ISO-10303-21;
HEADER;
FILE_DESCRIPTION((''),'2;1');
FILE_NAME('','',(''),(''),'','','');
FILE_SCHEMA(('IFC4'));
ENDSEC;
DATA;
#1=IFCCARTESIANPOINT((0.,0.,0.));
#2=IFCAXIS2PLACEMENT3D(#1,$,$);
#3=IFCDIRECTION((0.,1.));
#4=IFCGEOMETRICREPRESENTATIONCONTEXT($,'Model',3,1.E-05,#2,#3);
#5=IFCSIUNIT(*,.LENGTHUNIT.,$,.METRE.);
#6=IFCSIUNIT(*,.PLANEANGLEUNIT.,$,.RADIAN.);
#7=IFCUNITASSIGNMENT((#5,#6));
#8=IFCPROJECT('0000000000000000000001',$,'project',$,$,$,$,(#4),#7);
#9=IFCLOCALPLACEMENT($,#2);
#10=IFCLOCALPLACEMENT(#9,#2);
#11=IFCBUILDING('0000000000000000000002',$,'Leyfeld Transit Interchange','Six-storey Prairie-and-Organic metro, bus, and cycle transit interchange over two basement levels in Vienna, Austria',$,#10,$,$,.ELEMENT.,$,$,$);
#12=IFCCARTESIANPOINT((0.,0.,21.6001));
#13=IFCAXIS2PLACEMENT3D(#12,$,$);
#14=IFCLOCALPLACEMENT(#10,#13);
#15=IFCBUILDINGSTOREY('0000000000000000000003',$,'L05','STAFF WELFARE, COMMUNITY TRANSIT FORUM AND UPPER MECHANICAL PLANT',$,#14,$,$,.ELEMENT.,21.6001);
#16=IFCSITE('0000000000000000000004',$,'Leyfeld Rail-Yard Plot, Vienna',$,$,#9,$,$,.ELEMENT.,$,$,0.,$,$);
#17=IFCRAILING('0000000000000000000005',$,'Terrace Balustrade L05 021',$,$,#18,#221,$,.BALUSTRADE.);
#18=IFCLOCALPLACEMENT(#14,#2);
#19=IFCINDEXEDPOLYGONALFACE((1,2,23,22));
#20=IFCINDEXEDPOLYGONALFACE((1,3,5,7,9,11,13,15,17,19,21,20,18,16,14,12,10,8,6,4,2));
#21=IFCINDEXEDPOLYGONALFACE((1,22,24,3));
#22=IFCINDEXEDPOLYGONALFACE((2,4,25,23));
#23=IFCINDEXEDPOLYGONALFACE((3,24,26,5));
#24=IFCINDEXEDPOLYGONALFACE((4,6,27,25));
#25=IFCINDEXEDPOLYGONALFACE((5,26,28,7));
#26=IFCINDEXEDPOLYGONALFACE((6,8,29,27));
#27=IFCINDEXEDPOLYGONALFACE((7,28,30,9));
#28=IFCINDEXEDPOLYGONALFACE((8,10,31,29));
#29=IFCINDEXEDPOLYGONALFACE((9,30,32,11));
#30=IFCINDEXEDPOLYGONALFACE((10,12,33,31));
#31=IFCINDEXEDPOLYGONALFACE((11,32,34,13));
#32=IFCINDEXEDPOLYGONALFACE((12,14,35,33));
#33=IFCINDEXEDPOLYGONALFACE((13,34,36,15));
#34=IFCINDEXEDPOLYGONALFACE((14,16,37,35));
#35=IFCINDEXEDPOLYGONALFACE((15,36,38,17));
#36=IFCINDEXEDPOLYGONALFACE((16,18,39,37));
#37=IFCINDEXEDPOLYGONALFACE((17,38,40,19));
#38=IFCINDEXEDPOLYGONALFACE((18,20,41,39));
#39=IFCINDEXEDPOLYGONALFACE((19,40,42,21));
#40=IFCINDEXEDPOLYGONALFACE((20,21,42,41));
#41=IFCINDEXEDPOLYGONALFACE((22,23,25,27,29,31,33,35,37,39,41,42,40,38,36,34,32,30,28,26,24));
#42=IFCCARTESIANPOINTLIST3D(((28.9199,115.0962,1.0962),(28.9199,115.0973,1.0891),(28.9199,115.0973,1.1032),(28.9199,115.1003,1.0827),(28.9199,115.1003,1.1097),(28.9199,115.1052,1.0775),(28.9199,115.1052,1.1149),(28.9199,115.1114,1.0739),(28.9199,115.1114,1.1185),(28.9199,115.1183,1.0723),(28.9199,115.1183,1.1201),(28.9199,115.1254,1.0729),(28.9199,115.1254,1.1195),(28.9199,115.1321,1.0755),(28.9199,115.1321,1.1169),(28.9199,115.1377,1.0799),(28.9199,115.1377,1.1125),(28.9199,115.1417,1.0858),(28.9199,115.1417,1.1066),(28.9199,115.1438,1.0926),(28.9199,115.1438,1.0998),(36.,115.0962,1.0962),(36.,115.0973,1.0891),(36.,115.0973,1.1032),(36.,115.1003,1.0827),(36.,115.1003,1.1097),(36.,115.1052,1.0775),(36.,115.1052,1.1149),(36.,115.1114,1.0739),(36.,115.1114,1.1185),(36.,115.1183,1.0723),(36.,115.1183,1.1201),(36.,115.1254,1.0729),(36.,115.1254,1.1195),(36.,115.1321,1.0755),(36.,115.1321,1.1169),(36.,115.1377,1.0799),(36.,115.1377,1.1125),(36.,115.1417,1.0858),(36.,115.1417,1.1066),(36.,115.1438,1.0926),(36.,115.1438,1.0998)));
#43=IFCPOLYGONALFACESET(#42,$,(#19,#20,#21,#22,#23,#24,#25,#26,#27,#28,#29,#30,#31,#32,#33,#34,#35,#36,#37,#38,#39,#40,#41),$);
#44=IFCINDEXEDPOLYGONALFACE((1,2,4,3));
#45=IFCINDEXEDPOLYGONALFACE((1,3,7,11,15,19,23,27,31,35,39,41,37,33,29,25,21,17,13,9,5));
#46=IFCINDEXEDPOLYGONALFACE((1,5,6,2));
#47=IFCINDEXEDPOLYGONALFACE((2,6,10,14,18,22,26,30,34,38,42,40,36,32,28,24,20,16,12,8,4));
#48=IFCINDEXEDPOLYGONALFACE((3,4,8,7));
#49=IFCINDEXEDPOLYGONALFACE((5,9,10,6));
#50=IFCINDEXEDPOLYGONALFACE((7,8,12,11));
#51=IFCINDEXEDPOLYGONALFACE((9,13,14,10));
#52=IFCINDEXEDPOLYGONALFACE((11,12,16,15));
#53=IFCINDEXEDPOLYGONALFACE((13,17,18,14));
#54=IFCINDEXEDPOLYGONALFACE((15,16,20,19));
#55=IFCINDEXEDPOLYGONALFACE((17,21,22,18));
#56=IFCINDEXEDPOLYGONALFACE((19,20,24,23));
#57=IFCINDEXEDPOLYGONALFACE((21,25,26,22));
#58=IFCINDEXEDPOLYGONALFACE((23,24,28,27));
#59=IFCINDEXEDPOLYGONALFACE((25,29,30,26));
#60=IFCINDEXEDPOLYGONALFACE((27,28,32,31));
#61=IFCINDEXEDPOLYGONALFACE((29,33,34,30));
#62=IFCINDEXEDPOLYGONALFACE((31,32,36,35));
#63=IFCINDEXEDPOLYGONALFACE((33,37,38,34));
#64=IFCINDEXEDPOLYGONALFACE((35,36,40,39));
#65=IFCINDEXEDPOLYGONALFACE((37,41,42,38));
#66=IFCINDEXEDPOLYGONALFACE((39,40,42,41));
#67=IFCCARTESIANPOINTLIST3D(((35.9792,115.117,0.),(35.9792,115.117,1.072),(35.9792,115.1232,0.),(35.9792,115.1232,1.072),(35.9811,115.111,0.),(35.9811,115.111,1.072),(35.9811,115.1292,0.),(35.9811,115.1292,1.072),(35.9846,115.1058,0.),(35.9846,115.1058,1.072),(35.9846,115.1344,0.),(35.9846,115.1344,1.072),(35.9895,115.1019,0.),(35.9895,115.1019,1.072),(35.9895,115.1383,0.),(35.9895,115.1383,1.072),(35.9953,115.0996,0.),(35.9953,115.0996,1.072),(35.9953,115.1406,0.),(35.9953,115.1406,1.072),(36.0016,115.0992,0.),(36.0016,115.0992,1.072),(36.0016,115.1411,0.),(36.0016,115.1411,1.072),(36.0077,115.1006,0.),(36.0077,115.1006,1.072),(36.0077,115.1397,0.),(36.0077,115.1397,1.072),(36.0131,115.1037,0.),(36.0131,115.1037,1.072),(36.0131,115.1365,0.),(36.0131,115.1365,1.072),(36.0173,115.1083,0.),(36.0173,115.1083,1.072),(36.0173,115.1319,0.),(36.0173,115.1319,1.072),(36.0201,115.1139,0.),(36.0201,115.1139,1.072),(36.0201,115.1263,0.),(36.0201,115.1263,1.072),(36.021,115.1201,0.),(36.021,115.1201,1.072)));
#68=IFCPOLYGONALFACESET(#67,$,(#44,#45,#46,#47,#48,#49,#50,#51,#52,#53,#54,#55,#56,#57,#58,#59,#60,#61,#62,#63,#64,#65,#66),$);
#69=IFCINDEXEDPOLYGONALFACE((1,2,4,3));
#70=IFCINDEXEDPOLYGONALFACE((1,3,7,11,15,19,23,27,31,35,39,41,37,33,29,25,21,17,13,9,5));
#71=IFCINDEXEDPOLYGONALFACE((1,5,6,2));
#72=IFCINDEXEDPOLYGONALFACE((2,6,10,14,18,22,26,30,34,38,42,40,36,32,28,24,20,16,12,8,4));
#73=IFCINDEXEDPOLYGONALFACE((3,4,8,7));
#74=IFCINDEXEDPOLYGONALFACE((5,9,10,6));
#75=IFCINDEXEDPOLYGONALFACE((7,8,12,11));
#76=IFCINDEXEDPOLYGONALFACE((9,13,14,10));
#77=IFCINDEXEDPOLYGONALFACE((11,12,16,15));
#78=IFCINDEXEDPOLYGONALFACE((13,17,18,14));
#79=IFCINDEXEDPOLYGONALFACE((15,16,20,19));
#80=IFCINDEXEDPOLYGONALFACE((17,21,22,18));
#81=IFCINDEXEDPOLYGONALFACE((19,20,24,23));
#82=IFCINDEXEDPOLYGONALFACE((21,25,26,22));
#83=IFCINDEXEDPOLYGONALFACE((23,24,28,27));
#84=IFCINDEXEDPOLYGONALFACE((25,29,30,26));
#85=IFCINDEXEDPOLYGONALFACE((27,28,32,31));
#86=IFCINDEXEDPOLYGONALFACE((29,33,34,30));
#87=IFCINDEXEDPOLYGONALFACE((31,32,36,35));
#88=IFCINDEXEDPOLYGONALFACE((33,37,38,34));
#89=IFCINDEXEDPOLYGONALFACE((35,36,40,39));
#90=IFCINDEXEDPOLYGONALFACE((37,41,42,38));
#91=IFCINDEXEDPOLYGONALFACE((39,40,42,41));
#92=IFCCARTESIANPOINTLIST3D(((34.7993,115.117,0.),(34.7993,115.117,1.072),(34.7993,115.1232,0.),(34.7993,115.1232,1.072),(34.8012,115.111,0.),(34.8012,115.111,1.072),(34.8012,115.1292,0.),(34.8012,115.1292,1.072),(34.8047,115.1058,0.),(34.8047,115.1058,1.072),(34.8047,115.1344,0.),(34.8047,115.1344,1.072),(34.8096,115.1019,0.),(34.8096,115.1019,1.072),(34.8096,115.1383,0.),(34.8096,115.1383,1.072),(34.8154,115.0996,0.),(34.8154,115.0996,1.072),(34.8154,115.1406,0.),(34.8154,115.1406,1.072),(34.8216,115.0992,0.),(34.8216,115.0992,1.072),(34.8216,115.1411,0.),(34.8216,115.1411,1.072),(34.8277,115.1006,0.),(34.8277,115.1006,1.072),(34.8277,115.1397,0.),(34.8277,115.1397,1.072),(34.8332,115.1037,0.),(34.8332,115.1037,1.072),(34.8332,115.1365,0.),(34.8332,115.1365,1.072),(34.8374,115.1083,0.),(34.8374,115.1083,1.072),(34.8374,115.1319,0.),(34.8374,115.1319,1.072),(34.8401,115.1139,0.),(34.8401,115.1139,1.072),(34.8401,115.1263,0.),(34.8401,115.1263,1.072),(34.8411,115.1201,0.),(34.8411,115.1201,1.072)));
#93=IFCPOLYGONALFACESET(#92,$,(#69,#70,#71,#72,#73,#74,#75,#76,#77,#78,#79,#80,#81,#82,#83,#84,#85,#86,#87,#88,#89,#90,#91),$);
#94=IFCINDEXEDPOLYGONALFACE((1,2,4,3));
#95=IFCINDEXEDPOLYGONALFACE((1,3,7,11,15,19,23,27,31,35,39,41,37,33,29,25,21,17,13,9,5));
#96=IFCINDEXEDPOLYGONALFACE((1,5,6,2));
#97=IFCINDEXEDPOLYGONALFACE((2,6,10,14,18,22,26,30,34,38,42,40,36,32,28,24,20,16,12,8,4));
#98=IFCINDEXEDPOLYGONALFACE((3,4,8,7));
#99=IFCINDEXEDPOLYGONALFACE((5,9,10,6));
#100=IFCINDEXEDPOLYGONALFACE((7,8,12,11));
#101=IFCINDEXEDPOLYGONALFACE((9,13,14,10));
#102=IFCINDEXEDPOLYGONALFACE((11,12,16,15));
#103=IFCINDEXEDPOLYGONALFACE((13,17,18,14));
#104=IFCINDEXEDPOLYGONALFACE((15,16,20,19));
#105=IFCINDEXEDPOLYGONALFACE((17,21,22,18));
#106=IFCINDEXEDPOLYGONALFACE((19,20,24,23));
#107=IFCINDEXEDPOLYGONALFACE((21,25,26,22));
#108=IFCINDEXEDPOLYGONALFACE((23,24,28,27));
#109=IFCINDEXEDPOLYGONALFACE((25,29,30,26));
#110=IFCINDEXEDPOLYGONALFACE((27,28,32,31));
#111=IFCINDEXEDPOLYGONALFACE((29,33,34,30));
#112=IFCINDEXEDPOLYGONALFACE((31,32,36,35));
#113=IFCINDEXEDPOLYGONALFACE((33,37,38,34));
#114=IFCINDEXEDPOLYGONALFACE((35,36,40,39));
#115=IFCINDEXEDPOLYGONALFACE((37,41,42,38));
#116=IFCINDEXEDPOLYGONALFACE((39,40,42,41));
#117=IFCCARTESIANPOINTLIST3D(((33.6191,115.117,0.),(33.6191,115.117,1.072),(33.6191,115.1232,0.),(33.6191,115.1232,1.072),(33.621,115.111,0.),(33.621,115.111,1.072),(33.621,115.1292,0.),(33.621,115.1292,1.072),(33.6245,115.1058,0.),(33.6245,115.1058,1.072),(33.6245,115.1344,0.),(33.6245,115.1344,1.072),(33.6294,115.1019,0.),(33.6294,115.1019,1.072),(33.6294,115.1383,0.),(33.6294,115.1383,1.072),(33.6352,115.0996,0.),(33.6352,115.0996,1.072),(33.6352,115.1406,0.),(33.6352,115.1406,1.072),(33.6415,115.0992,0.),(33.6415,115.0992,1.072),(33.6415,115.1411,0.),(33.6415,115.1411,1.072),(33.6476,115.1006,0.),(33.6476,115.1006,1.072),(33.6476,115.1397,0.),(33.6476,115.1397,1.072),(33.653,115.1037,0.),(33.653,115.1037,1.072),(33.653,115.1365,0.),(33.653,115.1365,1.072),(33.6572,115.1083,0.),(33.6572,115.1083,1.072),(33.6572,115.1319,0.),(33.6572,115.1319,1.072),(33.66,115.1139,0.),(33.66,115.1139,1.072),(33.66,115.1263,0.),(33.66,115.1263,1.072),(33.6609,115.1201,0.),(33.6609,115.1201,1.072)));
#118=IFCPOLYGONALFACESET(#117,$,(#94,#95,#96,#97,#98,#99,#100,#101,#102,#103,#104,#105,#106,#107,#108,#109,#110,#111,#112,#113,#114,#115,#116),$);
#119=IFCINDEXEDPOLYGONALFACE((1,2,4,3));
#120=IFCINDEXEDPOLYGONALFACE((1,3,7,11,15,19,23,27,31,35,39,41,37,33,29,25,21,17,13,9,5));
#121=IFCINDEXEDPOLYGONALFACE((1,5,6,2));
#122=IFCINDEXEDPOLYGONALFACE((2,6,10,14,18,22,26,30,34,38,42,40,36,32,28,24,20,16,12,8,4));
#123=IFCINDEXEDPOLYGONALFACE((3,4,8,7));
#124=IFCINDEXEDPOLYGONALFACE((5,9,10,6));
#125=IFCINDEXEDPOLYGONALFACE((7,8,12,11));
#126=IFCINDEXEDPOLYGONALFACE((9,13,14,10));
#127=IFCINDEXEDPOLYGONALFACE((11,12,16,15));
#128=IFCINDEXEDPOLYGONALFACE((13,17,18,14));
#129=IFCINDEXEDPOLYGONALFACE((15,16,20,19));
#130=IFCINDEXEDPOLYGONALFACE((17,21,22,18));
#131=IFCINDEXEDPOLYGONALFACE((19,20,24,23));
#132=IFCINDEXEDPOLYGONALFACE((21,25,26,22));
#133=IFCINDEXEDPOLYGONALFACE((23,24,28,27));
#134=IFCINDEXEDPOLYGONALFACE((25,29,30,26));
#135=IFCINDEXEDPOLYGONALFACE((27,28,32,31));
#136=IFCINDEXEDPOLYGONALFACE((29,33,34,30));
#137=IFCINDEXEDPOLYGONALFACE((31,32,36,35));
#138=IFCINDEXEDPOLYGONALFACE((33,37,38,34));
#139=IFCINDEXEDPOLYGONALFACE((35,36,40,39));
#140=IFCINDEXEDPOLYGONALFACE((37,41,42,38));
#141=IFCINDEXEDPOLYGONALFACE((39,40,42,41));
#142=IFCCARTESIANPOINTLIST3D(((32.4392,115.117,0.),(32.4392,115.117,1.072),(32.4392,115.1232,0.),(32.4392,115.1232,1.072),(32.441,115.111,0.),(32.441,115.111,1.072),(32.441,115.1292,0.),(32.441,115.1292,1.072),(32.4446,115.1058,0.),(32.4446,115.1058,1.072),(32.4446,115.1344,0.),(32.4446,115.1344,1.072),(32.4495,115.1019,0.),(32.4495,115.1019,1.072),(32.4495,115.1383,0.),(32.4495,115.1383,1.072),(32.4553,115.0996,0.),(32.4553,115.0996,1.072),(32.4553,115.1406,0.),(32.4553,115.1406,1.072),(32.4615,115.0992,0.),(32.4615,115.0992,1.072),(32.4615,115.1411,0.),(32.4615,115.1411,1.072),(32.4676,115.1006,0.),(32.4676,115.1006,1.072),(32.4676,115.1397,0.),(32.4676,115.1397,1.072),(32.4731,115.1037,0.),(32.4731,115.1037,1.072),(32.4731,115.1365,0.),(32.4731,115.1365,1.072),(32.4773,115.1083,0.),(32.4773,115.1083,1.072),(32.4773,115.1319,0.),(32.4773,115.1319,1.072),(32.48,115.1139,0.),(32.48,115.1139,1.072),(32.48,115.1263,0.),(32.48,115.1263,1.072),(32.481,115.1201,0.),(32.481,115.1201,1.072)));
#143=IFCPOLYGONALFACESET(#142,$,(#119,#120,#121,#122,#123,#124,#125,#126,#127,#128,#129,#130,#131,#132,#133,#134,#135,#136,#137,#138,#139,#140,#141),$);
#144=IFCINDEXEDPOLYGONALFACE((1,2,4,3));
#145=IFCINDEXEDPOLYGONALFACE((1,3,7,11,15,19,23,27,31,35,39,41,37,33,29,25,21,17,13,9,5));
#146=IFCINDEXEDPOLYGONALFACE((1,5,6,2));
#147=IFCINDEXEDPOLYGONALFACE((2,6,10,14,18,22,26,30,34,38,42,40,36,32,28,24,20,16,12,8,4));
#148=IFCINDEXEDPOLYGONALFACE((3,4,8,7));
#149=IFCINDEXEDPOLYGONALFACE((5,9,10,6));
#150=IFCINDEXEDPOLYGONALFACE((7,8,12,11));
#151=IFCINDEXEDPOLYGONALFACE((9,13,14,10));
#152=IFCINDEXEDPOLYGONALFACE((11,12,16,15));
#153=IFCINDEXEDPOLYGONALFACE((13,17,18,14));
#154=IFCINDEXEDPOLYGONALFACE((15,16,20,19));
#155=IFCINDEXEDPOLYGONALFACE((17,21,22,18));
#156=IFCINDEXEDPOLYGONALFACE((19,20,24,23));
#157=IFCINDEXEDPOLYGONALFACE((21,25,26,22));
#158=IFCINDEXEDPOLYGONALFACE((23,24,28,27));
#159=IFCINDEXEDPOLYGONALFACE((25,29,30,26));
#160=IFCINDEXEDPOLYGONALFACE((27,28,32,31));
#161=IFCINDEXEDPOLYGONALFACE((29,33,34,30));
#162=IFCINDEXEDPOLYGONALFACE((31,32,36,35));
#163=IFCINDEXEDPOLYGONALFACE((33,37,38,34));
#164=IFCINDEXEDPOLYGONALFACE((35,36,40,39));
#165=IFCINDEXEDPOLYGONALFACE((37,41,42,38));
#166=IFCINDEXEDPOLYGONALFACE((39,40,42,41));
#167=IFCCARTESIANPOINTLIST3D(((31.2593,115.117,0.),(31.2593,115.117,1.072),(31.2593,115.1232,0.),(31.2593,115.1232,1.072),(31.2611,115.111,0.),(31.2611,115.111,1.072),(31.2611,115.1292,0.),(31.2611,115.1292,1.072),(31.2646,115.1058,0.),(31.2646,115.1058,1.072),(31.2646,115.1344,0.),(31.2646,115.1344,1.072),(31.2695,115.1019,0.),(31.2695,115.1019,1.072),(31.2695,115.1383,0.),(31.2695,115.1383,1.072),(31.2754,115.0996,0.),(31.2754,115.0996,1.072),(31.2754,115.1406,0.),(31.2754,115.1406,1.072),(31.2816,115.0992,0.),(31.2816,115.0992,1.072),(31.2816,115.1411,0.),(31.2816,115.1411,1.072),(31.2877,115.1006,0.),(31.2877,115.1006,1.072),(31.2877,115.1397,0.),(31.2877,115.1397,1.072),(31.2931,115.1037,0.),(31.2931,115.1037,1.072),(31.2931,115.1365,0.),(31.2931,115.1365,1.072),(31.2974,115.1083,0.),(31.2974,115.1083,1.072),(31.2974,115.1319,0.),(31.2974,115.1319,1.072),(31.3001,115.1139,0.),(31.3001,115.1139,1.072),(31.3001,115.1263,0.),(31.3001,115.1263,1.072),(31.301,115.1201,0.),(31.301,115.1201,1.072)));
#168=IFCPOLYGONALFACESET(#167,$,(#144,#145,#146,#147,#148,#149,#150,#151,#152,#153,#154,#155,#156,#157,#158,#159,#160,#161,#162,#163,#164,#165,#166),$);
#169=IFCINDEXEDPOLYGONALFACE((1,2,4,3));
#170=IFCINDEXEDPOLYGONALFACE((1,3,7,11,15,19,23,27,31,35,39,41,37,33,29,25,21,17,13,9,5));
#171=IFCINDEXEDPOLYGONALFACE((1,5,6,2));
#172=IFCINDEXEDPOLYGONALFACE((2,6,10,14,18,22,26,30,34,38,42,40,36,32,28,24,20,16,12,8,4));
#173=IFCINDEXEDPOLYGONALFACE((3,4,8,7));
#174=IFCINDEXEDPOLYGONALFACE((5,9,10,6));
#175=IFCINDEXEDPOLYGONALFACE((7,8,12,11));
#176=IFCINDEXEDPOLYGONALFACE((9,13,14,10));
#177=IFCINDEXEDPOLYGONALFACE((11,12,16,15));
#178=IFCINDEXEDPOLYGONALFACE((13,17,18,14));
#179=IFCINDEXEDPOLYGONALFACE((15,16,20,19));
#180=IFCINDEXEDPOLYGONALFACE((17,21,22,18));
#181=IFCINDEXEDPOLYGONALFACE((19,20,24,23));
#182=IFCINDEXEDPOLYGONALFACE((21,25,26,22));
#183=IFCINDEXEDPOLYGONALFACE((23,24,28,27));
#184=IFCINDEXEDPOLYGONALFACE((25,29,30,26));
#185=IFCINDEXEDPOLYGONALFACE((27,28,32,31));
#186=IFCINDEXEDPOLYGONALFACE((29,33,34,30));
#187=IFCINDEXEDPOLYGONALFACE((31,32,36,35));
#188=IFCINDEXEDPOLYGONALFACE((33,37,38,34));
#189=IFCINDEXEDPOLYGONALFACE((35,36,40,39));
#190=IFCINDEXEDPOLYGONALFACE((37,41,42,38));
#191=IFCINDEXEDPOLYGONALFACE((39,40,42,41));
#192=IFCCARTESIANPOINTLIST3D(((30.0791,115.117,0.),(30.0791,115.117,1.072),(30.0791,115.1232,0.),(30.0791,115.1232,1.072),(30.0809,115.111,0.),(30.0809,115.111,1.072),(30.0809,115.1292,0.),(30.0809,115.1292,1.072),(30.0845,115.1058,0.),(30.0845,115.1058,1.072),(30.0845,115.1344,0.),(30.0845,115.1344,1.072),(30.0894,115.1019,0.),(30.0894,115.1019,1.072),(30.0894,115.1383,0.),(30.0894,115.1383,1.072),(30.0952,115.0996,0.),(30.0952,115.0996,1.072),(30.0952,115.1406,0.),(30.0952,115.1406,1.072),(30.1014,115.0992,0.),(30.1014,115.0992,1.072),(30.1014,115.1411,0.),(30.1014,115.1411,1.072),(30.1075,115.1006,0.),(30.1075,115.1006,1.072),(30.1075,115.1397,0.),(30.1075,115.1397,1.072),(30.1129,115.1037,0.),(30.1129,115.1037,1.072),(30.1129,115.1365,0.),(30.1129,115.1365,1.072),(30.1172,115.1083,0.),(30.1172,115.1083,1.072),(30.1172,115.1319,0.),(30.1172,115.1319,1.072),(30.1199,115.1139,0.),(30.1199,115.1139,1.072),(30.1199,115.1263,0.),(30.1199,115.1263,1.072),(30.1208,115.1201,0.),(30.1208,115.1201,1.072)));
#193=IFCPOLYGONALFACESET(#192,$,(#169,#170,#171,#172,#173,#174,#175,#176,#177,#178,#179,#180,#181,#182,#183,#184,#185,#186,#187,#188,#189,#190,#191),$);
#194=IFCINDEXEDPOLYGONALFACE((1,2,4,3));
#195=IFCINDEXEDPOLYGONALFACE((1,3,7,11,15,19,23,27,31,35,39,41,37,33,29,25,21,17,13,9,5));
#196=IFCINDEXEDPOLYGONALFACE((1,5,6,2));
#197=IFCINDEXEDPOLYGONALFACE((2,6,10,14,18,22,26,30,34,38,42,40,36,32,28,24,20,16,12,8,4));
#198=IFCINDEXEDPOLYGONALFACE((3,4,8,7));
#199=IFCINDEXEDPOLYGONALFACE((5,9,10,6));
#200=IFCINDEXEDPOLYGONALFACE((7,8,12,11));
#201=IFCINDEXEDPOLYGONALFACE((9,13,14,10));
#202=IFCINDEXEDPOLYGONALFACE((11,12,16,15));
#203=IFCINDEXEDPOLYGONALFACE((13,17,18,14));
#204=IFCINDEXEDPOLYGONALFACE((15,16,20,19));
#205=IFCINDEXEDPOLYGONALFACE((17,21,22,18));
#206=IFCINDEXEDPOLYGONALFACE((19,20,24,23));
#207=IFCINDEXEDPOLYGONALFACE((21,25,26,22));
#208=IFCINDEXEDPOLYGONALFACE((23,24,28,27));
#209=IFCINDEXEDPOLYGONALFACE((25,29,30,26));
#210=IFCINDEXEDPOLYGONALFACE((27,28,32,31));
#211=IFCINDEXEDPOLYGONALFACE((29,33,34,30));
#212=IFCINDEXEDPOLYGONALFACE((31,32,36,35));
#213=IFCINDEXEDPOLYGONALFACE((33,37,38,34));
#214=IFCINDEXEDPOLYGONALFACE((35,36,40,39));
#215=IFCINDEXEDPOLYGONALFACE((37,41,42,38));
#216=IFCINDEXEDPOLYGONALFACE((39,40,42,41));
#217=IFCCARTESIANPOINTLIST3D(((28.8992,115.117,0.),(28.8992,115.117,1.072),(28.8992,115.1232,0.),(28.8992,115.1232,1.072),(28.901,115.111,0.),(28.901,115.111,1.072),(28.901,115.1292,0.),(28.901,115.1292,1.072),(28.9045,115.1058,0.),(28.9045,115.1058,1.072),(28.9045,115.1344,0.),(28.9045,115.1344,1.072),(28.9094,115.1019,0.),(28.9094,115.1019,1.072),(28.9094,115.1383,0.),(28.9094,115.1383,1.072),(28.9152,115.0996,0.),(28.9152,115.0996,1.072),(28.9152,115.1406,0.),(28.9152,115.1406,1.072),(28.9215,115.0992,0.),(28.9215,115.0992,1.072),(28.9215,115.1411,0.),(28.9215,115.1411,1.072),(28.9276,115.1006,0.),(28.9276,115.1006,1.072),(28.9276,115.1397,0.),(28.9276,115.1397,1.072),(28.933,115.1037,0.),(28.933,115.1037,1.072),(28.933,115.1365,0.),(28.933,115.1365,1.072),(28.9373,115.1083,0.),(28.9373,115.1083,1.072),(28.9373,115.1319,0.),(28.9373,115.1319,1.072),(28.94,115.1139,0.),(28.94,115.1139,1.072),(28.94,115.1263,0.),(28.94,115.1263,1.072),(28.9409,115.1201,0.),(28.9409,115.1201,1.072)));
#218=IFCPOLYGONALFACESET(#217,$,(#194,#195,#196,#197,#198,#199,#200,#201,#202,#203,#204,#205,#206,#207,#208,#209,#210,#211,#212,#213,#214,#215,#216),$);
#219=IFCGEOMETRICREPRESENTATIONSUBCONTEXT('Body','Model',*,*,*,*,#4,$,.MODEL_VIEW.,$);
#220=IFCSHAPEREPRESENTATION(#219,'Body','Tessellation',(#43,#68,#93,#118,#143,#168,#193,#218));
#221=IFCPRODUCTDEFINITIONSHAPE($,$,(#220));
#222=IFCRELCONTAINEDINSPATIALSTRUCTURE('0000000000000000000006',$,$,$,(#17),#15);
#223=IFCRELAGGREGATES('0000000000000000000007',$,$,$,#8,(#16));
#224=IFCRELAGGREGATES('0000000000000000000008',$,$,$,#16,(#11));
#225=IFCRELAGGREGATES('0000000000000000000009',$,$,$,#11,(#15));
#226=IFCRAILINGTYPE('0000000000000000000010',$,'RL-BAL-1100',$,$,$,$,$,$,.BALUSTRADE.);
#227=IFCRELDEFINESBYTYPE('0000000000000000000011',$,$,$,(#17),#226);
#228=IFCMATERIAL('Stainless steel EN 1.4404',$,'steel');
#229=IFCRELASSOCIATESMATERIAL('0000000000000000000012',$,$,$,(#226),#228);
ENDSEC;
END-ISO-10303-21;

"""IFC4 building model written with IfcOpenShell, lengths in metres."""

from ifc_helpers import new_model, si_unit, direction, frame, origin, origin_2d, place, context, subcontext, project, spatial, circle, extrude, material, type_object, element, save


model = new_model("IFC4")

# Units and contexts
model_context = context("Model", 3, precision=1e-05, world=origin(), true_north=direction((0.0, 1.0)))
body_context = subcontext(model_context, "Body", "Model", "MODEL_VIEW")
ifc_project = project(units=[si_unit("LENGTHUNIT", "METRE"), si_unit("PLANEANGLEUNIT", "RADIAN")], contexts=[model_context])

# Site, building, storey
site_placement = place(None, origin())
site = spatial("IfcSite", under=ifc_project, at=site_placement, Name="Leyfeld Rail-Yard Plot, Vienna", CompositionType="ELEMENT", RefElevation=0.0)
building_placement = place(site_placement, origin())
building = spatial("IfcBuilding", under=site, at=building_placement, Name="Leyfeld Transit Interchange", Description="Six-storey Prairie-and-Organic metro, bus, and cycle transit interchange over two basement levels in Vienna, Austria", CompositionType="ELEMENT")
storey_placement = place(building_placement, frame((0.0, 0.0, 21.6001)))
storey = spatial("IfcBuildingStorey", under=building, at=storey_placement, Name="L05", Description="STAFF WELFARE, COMMUNITY TRANSIT FORUM AND UPPER MECHANICAL PLANT", CompositionType="ELEMENT", Elevation=21.6001)

# Railing
ifc_material_1 = material(Name="Stainless steel EN 1.4404", Category="steel")
railing_type = type_object("IfcRailingType", Name="RL-BAL-1100", PredefinedType="BALUSTRADE", material=ifc_material_1)
railing_1_placement = place(storey_placement, frame((36.0, 115.1201, 0.0)))
element("IfcRailing", 1, at=railing_1_placement, inside=storey, type_object=railing_type, Name="Terrace Balustrade L05 021", PredefinedType="BALUSTRADE", context=body_context, shape_type="SweptSolid", body=[
    extrude(circle(Radius=0.0239, at=origin_2d()), frame((0.0, 0.0, 1.0962), z_axis=(-1.0, 0.0, 0.0), x_axis=(0.0, -1.0, 0.0)), (0.0, 0.0, 1.0), 7.0801),
    extrude(circle(Radius=0.021, at=origin_2d()), origin(), (0.0, 0.0, 1.0), 1.072),
    extrude(circle(Radius=0.021, at=origin_2d()), frame((-1.1799, 0.0, 0.0)), (0.0, 0.0, 1.0), 1.072),
    extrude(circle(Radius=0.021, at=origin_2d()), frame((-2.3601, 0.0, 0.0)), (0.0, 0.0, 1.0), 1.072),
    extrude(circle(Radius=0.021, at=origin_2d()), frame((-3.54, 0.0, 0.0)), (0.0, 0.0, 1.0), 1.072),
    extrude(circle(Radius=0.021, at=origin_2d()), frame((-4.72, 0.0, 0.0)), (0.0, 0.0, 1.0), 1.072),
    extrude(circle(Radius=0.021, at=origin_2d()), frame((-5.9001, 0.0, 0.0)), (0.0, 0.0, 1.0), 1.072),
    extrude(circle(Radius=0.021, at=origin_2d()), frame((-7.0801, 0.0, 0.0)), (0.0, 0.0, 1.0), 1.072),
])

save(model, "model.ifc")
